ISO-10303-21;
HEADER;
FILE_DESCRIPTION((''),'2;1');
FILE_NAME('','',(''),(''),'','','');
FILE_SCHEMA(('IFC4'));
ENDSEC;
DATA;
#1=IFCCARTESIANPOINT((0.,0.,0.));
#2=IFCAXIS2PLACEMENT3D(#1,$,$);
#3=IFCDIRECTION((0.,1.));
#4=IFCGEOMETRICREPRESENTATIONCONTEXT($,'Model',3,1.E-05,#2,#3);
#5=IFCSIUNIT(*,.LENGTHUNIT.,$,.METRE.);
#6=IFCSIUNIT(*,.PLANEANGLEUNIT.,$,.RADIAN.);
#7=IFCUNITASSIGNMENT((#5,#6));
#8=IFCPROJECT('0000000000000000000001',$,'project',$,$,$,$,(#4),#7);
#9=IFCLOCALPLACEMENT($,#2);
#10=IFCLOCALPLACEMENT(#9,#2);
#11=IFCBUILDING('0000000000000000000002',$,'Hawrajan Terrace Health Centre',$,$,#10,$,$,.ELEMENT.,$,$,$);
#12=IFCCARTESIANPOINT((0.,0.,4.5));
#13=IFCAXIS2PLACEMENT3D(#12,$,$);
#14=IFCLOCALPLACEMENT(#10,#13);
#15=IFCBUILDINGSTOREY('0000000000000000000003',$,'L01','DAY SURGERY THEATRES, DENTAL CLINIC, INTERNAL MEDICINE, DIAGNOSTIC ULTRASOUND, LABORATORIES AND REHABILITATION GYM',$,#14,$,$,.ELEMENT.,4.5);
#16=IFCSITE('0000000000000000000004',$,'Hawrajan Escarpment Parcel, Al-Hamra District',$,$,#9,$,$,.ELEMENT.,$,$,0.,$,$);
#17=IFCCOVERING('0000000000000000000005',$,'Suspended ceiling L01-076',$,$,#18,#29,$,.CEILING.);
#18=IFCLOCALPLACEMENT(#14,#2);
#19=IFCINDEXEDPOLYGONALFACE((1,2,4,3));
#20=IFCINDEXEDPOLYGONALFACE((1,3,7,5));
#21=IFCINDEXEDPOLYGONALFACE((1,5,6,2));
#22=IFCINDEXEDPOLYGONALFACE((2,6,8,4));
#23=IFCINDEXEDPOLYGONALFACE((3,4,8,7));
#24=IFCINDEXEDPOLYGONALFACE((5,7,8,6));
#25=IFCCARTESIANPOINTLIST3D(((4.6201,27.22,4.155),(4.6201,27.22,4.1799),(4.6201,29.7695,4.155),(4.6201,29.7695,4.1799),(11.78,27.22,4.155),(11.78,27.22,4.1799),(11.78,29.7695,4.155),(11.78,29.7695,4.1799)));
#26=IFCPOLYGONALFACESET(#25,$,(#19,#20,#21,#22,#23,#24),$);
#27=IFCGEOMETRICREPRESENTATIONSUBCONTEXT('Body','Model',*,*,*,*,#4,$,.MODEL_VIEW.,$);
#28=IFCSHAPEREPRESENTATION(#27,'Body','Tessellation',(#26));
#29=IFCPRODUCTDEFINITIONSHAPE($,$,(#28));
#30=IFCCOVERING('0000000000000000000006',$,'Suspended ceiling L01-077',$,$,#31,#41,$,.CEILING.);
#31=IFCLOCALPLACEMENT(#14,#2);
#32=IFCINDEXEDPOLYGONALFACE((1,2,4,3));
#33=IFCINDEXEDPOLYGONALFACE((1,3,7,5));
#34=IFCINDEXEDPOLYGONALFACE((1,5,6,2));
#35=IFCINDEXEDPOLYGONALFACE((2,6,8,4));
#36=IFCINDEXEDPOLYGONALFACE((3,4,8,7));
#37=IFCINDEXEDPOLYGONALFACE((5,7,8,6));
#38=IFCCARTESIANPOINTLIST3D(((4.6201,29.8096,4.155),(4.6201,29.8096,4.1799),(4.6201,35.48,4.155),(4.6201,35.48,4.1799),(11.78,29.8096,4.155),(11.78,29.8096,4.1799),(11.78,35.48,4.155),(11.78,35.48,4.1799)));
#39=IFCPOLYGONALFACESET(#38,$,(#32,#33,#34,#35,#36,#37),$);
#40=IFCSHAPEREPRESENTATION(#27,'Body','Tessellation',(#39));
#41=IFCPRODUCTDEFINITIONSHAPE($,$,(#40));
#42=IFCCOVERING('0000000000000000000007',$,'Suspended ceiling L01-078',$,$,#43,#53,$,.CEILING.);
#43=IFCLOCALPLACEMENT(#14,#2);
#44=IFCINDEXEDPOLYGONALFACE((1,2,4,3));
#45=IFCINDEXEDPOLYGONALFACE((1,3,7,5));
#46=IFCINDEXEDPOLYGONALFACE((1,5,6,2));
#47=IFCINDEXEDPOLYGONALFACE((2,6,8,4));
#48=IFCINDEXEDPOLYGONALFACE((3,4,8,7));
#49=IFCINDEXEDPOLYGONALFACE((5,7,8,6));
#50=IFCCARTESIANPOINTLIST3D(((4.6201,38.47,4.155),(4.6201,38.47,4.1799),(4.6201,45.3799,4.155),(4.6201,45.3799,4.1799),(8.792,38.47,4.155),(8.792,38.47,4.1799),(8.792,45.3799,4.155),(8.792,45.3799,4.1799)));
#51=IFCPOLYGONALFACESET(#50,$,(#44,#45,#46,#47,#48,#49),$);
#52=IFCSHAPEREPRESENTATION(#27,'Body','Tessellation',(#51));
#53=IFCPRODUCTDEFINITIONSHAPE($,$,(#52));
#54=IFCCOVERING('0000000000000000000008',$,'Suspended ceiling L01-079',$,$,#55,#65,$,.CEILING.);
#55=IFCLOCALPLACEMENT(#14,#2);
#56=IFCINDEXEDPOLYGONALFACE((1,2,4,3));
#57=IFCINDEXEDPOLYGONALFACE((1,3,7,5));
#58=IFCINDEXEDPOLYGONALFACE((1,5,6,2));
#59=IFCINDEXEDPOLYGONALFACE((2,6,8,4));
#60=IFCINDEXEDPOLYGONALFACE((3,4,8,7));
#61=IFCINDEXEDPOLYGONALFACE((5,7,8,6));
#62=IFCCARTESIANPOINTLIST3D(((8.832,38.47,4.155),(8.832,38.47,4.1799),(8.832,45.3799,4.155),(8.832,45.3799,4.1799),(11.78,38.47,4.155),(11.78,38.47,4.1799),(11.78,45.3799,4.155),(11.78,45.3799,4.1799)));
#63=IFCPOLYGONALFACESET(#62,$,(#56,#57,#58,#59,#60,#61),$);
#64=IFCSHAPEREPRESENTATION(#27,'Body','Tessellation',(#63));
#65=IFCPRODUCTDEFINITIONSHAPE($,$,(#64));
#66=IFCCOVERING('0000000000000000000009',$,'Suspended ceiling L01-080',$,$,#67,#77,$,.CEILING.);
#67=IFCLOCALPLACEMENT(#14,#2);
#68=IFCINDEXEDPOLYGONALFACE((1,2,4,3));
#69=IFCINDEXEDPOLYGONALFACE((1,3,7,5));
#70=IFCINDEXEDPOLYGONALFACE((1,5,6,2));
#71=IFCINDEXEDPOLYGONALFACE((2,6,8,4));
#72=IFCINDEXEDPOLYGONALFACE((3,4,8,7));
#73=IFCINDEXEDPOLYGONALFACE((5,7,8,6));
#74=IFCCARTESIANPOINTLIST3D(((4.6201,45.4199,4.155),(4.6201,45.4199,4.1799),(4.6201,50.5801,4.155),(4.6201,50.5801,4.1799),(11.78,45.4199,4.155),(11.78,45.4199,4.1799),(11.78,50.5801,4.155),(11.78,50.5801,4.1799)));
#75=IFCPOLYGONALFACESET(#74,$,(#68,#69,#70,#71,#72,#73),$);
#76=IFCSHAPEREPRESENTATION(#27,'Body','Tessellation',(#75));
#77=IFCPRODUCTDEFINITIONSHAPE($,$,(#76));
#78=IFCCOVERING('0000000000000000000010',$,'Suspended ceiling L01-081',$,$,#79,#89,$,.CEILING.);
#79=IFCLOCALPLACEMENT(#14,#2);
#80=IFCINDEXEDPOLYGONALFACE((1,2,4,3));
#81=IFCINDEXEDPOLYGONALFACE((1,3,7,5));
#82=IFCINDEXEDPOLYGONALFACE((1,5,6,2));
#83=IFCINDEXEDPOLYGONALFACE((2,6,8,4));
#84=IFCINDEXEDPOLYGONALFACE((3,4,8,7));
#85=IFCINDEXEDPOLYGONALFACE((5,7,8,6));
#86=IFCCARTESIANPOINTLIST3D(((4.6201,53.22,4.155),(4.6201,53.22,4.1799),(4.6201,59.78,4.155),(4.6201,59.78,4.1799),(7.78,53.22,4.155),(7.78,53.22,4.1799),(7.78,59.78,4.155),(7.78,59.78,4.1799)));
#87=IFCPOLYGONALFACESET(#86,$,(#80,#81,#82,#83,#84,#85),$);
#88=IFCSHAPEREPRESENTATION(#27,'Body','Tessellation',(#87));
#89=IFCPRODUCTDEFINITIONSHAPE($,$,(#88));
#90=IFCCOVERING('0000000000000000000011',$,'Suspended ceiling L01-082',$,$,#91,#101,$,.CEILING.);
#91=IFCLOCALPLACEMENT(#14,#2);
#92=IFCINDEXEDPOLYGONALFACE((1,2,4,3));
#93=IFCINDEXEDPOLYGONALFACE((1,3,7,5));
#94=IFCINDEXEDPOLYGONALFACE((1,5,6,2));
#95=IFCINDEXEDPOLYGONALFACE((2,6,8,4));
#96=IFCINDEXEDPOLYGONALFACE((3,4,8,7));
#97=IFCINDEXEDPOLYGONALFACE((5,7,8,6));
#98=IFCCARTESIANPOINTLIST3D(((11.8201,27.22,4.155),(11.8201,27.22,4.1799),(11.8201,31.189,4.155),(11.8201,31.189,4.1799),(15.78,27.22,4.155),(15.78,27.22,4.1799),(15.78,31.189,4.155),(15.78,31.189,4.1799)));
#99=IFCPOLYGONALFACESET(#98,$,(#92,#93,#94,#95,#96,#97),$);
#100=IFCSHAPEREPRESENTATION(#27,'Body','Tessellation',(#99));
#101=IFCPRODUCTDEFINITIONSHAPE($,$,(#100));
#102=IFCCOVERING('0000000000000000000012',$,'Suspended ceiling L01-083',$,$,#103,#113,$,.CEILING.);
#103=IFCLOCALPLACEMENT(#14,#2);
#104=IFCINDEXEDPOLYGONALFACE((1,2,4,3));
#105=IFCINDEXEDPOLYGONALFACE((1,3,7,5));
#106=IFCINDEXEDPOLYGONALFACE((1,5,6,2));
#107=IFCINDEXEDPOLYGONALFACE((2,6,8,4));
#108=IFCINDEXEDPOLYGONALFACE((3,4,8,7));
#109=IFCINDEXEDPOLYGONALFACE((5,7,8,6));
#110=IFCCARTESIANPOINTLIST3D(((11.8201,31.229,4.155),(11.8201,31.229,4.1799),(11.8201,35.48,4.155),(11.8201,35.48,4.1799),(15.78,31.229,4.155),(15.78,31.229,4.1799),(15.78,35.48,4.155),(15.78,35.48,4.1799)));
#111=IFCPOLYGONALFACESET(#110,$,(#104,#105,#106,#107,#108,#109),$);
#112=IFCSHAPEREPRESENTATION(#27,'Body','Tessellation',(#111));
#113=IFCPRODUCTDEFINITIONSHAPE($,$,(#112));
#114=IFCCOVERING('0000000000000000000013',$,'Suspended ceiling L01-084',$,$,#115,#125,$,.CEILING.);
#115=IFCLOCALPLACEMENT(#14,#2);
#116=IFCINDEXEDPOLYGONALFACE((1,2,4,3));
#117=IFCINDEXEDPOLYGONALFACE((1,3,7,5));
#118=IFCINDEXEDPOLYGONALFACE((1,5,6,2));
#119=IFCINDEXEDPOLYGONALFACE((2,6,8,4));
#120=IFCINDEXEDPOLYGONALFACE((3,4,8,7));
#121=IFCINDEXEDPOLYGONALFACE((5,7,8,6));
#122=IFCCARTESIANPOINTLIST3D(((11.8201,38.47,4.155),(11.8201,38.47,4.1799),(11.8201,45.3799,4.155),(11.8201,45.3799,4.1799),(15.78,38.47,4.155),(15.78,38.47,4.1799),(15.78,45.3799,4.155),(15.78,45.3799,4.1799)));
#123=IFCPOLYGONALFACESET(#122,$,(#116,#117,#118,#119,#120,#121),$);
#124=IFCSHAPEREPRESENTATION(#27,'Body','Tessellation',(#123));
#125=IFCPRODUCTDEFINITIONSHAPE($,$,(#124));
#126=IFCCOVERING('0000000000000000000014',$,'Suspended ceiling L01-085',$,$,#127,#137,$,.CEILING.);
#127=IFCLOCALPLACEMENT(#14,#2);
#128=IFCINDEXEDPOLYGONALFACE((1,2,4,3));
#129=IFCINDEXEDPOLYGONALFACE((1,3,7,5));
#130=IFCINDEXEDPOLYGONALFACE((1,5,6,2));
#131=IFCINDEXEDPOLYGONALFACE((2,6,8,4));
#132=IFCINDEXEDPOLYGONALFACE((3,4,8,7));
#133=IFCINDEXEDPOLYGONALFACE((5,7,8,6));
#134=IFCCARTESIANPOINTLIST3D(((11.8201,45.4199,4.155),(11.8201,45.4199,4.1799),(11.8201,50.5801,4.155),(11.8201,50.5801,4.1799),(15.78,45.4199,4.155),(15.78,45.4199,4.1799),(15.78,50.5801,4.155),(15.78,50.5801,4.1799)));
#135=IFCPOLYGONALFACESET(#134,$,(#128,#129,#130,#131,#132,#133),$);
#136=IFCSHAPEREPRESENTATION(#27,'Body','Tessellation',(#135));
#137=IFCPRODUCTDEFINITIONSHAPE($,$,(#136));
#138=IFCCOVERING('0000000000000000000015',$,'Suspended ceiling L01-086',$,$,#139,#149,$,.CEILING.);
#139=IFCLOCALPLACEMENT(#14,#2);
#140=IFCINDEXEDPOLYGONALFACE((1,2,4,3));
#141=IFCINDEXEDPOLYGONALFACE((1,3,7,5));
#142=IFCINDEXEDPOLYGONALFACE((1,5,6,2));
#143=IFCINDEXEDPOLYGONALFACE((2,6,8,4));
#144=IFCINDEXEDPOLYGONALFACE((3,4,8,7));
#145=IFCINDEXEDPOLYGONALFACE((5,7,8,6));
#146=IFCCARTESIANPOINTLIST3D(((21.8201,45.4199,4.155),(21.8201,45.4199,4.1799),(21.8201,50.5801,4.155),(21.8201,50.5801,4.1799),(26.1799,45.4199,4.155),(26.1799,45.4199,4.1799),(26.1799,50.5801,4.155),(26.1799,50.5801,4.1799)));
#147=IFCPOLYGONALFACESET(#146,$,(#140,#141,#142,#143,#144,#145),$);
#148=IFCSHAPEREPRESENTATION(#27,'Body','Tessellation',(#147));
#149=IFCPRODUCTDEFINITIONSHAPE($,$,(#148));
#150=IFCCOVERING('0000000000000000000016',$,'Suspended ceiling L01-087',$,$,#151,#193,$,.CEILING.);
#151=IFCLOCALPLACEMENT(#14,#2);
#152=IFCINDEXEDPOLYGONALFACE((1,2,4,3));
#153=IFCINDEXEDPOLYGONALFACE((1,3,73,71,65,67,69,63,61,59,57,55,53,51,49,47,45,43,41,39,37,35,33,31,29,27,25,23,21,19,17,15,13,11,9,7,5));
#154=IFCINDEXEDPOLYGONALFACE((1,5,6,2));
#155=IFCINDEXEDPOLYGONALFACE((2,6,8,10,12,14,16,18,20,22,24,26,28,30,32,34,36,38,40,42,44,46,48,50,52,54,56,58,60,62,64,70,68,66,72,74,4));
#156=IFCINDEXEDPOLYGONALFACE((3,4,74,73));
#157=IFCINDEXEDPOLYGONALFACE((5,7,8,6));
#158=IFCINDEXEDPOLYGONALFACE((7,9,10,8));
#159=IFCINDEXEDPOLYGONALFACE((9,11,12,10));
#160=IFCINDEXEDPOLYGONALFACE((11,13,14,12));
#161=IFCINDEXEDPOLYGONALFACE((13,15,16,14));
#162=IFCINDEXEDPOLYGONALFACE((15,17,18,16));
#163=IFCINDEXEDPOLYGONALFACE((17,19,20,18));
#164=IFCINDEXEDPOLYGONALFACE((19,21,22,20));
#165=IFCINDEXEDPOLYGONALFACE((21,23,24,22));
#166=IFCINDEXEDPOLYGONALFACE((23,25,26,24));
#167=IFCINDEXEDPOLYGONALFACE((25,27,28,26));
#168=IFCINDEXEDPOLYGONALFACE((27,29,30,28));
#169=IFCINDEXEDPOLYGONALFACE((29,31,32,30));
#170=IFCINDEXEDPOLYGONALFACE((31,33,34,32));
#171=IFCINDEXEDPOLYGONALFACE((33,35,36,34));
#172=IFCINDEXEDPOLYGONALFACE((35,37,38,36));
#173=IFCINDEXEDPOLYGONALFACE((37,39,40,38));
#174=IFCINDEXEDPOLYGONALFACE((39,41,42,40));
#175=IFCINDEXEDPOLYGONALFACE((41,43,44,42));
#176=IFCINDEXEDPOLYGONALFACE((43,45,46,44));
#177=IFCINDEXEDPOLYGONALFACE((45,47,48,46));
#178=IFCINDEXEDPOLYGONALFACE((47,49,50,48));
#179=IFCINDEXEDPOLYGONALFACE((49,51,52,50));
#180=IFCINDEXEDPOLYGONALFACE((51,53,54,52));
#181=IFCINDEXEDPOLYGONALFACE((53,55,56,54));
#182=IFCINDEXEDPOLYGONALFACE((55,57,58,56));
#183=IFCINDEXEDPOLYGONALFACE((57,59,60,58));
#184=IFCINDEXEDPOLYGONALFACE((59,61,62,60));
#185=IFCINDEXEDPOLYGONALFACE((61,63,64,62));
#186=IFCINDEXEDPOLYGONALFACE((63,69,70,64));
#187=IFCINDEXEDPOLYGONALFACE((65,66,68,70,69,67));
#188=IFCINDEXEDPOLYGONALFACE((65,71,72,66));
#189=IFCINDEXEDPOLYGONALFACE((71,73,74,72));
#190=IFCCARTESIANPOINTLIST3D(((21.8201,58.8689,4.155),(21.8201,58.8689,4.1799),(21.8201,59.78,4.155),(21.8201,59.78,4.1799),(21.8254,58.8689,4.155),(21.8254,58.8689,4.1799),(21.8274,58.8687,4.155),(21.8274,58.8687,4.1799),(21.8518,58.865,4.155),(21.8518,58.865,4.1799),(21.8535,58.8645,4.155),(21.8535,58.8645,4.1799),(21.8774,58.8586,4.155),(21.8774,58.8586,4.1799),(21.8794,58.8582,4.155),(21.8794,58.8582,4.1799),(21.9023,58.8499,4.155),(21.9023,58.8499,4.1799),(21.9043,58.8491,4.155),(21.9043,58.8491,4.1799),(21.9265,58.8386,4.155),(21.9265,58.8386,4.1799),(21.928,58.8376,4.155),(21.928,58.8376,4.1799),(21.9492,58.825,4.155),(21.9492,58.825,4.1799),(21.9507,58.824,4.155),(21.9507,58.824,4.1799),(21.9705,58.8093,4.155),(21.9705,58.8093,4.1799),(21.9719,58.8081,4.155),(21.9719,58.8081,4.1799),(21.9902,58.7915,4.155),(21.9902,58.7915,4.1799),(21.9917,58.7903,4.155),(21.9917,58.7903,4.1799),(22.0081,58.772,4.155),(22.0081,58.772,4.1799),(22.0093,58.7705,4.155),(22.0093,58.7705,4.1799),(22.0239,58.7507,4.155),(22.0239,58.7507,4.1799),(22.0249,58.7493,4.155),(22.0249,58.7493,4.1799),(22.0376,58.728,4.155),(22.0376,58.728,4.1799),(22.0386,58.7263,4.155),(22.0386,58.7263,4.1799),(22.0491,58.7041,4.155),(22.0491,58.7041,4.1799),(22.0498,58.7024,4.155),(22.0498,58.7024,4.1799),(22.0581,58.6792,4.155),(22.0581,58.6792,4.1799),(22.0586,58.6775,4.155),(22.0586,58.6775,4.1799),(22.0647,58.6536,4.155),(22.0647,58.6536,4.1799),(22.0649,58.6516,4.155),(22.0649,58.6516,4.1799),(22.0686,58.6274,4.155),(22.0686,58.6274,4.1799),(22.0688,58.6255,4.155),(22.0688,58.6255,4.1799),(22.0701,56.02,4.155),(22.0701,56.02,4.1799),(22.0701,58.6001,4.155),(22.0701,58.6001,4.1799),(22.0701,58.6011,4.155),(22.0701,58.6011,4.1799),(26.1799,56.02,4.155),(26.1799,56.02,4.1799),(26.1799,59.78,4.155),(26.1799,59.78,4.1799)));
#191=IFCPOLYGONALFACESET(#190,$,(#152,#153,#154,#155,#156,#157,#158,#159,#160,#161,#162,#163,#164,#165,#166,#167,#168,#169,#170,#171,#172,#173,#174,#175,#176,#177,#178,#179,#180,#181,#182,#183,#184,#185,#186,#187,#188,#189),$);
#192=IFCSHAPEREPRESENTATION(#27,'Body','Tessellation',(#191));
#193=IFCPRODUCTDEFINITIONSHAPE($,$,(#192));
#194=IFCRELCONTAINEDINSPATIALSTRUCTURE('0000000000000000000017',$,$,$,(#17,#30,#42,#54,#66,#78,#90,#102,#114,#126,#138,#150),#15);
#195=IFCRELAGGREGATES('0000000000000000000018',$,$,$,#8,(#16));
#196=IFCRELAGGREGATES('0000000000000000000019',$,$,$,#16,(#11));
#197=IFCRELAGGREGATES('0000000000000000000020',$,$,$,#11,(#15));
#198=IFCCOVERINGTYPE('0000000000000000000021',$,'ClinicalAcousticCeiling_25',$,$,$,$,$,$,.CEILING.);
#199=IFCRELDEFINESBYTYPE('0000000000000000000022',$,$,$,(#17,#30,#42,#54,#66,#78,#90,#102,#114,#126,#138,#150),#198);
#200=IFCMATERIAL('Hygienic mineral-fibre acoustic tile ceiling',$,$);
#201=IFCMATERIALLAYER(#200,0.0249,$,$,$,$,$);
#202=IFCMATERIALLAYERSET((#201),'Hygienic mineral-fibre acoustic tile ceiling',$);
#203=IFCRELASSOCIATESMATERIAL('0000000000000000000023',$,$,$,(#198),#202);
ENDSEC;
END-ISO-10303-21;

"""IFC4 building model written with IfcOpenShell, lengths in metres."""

from ifc_helpers import new_model, si_unit, direction, frame, origin, place, context, subcontext, project, spatial, polyline, outline, extrude, material, layer, layer_set, type_object, element, save


model = new_model("IFC4")

# Units and contexts
model_context = context("Model", 3, precision=1e-05, world=origin(), true_north=direction((0.0, 1.0)))
body_context = subcontext(model_context, "Body", "Model", "MODEL_VIEW")
ifc_project = project(units=[si_unit("LENGTHUNIT", "METRE"), si_unit("PLANEANGLEUNIT", "RADIAN")], contexts=[model_context])

# Site, building, storey
site_placement = place(None, origin())
site = spatial("IfcSite", under=ifc_project, at=site_placement, Name="Hawrajan Escarpment Parcel, Al-Hamra District", CompositionType="ELEMENT", RefElevation=0.0)
building_placement = place(site_placement, origin())
building = spatial("IfcBuilding", under=site, at=building_placement, Name="Hawrajan Terrace Health Centre", CompositionType="ELEMENT")
storey_placement = place(building_placement, frame((0.0, 0.0, 4.5)))
storey = spatial("IfcBuildingStorey", under=building, at=storey_placement, Name="L01", Description="DAY SURGERY THEATRES, DENTAL CLINIC, INTERNAL MEDICINE, DIAGNOSTIC ULTRASOUND, LABORATORIES AND REHABILITATION GYM", CompositionType="ELEMENT", Elevation=4.5)

# Coverings
ifc_material = material(Name="Hygienic mineral-fibre acoustic tile ceiling")
ifc_layer = layer(ifc_material, 0.0249)
ifc_layer_set = layer_set([ifc_layer], Name="Hygienic mineral-fibre acoustic tile ceiling")
covering_type = type_object("IfcCoveringType", Name="ClinicalAcousticCeiling_25", PredefinedType="CEILING", material=ifc_layer_set)
covering_1_placement = place(storey_placement, frame((0.0, 0.0, 4.155)))
element("IfcCovering", 1, at=covering_1_placement, inside=storey, type_object=covering_type, Name="Suspended ceiling L01-076", PredefinedType="CEILING", context=body_context, shape_type="SweptSolid", body=[
    extrude(outline(polyline([(4.6201, 29.7695), (11.78, 29.7695), (11.78, 27.22), (4.6201, 27.22), (4.6201, 29.7695)])), origin(), (0.0, 0.0, 1.0), 0.0249),
])
covering_2_placement = place(storey_placement, frame((0.0, 0.0, 4.155)))
element("IfcCovering", 2, at=covering_2_placement, inside=storey, type_object=covering_type, Name="Suspended ceiling L01-077", PredefinedType="CEILING", context=body_context, shape_type="SweptSolid", body=[
    extrude(outline(polyline([(4.6201, 35.48), (11.78, 35.48), (11.78, 29.8096), (4.6201, 29.8096), (4.6201, 35.48)])), origin(), (0.0, 0.0, 1.0), 0.0249),
])
covering_3_placement = place(storey_placement, frame((0.0, 0.0, 4.155)))
element("IfcCovering", 3, at=covering_3_placement, inside=storey, type_object=covering_type, Name="Suspended ceiling L01-078", PredefinedType="CEILING", context=body_context, shape_type="SweptSolid", body=[
    extrude(outline(polyline([(4.6201, 45.3799), (8.792, 45.3799), (8.792, 38.47), (4.6201, 38.47), (4.6201, 45.3799)])), origin(), (0.0, 0.0, 1.0), 0.0249),
])
covering_4_placement = place(storey_placement, frame((0.0, 0.0, 4.155)))
element("IfcCovering", 4, at=covering_4_placement, inside=storey, type_object=covering_type, Name="Suspended ceiling L01-079", PredefinedType="CEILING", context=body_context, shape_type="SweptSolid", body=[
    extrude(outline(polyline([(8.832, 45.3799), (11.78, 45.3799), (11.78, 38.47), (8.832, 38.47), (8.832, 45.3799)])), origin(), (0.0, 0.0, 1.0), 0.0249),
])
covering_5_placement = place(storey_placement, frame((0.0, 0.0, 4.155)))
element("IfcCovering", 5, at=covering_5_placement, inside=storey, type_object=covering_type, Name="Suspended ceiling L01-080", PredefinedType="CEILING", context=body_context, shape_type="SweptSolid", body=[
    extrude(outline(polyline([(4.6201, 50.5801), (11.78, 50.5801), (11.78, 45.4199), (4.6201, 45.4199), (4.6201, 50.5801)])), origin(), (0.0, 0.0, 1.0), 0.0249),
])
covering_6_placement = place(storey_placement, frame((0.0, 0.0, 4.155)))
element("IfcCovering", 6, at=covering_6_placement, inside=storey, type_object=covering_type, Name="Suspended ceiling L01-081", PredefinedType="CEILING", context=body_context, shape_type="SweptSolid", body=[
    extrude(outline(polyline([(4.6201, 59.78), (7.78, 59.78), (7.78, 53.22), (4.6201, 53.22), (4.6201, 59.78)])), origin(), (0.0, 0.0, 1.0), 0.0249),
])
covering_7_placement = place(storey_placement, frame((0.0, 0.0, 4.155)))
element("IfcCovering", 7, at=covering_7_placement, inside=storey, type_object=covering_type, Name="Suspended ceiling L01-082", PredefinedType="CEILING", context=body_context, shape_type="SweptSolid", body=[
    extrude(outline(polyline([(11.8201, 31.189), (15.78, 31.189), (15.78, 27.22), (11.8201, 27.22), (11.8201, 31.189)])), origin(), (0.0, 0.0, 1.0), 0.0249),
])
covering_8_placement = place(storey_placement, frame((0.0, 0.0, 4.155)))
element("IfcCovering", 8, at=covering_8_placement, inside=storey, type_object=covering_type, Name="Suspended ceiling L01-083", PredefinedType="CEILING", context=body_context, shape_type="SweptSolid", body=[
    extrude(outline(polyline([(11.8201, 35.48), (15.78, 35.48), (15.78, 31.229), (11.8201, 31.229), (11.8201, 35.48)])), origin(), (0.0, 0.0, 1.0), 0.0249),
])
covering_9_placement = place(storey_placement, frame((0.0, 0.0, 4.155)))
element("IfcCovering", 9, at=covering_9_placement, inside=storey, type_object=covering_type, Name="Suspended ceiling L01-084", PredefinedType="CEILING", context=body_context, shape_type="SweptSolid", body=[
    extrude(outline(polyline([(11.8201, 45.3799), (15.78, 45.3799), (15.78, 38.47), (11.8201, 38.47), (11.8201, 45.3799)])), origin(), (0.0, 0.0, 1.0), 0.0249),
])
covering_10_placement = place(storey_placement, frame((0.0, 0.0, 4.155)))
element("IfcCovering", 10, at=covering_10_placement, inside=storey, type_object=covering_type, Name="Suspended ceiling L01-085", PredefinedType="CEILING", context=body_context, shape_type="SweptSolid", body=[
    extrude(outline(polyline([(11.8201, 50.5801), (15.78, 50.5801), (15.78, 45.4199), (11.8201, 45.4199), (11.8201, 50.5801)])), origin(), (0.0, 0.0, 1.0), 0.0249),
])
covering_11_placement = place(storey_placement, frame((0.0, 0.0, 4.155)))
element("IfcCovering", 11, at=covering_11_placement, inside=storey, type_object=covering_type, Name="Suspended ceiling L01-086", PredefinedType="CEILING", context=body_context, shape_type="SweptSolid", body=[
    extrude(outline(polyline([(21.8201, 50.5801), (26.1799, 50.5801), (26.1799, 45.4199), (21.8201, 45.4199), (21.8201, 50.5801)])), origin(), (0.0, 0.0, 1.0), 0.0249),
])
covering_12_placement = place(storey_placement, frame((0.0, 0.0, 4.155)))
element("IfcCovering", 12, at=covering_12_placement, inside=storey, type_object=covering_type, Name="Suspended ceiling L01-087", PredefinedType="CEILING", context=body_context, shape_type="SweptSolid", body=[
    extrude(outline(polyline([(21.8201, 59.78), (26.1799, 59.78), (26.1799, 56.02), (22.0701, 56.02), (22.0701, 58.6001), (22.0701, 58.6011), (22.0688, 58.6255), (22.0686, 58.6274), (22.0649, 58.6516), (22.0647, 58.6536), (22.0586, 58.6775), (22.0581, 58.6792), (22.0498, 58.7024), (22.0491, 58.7041), (22.0386, 58.7263), (22.0376, 58.728), (22.0249, 58.7493), (22.0239, 58.7507), (22.0093, 58.7705), (22.0081, 58.772), (21.9917, 58.7903), (21.9902, 58.7915), (21.9719, 58.8081), (21.9705, 58.8093), (21.9507, 58.824), (21.9492, 58.825), (21.928, 58.8376), (21.9265, 58.8386), (21.9043, 58.8491), (21.9023, 58.8499), (21.8794, 58.8582), (21.8774, 58.8586), (21.8535, 58.8645), (21.8518, 58.865), (21.8274, 58.8687), (21.8254, 58.8689), (21.8201, 58.8689), (21.8201, 59.78)])), origin(), (0.0, 0.0, 1.0), 0.0249),
])

save(model, "model.ifc")
